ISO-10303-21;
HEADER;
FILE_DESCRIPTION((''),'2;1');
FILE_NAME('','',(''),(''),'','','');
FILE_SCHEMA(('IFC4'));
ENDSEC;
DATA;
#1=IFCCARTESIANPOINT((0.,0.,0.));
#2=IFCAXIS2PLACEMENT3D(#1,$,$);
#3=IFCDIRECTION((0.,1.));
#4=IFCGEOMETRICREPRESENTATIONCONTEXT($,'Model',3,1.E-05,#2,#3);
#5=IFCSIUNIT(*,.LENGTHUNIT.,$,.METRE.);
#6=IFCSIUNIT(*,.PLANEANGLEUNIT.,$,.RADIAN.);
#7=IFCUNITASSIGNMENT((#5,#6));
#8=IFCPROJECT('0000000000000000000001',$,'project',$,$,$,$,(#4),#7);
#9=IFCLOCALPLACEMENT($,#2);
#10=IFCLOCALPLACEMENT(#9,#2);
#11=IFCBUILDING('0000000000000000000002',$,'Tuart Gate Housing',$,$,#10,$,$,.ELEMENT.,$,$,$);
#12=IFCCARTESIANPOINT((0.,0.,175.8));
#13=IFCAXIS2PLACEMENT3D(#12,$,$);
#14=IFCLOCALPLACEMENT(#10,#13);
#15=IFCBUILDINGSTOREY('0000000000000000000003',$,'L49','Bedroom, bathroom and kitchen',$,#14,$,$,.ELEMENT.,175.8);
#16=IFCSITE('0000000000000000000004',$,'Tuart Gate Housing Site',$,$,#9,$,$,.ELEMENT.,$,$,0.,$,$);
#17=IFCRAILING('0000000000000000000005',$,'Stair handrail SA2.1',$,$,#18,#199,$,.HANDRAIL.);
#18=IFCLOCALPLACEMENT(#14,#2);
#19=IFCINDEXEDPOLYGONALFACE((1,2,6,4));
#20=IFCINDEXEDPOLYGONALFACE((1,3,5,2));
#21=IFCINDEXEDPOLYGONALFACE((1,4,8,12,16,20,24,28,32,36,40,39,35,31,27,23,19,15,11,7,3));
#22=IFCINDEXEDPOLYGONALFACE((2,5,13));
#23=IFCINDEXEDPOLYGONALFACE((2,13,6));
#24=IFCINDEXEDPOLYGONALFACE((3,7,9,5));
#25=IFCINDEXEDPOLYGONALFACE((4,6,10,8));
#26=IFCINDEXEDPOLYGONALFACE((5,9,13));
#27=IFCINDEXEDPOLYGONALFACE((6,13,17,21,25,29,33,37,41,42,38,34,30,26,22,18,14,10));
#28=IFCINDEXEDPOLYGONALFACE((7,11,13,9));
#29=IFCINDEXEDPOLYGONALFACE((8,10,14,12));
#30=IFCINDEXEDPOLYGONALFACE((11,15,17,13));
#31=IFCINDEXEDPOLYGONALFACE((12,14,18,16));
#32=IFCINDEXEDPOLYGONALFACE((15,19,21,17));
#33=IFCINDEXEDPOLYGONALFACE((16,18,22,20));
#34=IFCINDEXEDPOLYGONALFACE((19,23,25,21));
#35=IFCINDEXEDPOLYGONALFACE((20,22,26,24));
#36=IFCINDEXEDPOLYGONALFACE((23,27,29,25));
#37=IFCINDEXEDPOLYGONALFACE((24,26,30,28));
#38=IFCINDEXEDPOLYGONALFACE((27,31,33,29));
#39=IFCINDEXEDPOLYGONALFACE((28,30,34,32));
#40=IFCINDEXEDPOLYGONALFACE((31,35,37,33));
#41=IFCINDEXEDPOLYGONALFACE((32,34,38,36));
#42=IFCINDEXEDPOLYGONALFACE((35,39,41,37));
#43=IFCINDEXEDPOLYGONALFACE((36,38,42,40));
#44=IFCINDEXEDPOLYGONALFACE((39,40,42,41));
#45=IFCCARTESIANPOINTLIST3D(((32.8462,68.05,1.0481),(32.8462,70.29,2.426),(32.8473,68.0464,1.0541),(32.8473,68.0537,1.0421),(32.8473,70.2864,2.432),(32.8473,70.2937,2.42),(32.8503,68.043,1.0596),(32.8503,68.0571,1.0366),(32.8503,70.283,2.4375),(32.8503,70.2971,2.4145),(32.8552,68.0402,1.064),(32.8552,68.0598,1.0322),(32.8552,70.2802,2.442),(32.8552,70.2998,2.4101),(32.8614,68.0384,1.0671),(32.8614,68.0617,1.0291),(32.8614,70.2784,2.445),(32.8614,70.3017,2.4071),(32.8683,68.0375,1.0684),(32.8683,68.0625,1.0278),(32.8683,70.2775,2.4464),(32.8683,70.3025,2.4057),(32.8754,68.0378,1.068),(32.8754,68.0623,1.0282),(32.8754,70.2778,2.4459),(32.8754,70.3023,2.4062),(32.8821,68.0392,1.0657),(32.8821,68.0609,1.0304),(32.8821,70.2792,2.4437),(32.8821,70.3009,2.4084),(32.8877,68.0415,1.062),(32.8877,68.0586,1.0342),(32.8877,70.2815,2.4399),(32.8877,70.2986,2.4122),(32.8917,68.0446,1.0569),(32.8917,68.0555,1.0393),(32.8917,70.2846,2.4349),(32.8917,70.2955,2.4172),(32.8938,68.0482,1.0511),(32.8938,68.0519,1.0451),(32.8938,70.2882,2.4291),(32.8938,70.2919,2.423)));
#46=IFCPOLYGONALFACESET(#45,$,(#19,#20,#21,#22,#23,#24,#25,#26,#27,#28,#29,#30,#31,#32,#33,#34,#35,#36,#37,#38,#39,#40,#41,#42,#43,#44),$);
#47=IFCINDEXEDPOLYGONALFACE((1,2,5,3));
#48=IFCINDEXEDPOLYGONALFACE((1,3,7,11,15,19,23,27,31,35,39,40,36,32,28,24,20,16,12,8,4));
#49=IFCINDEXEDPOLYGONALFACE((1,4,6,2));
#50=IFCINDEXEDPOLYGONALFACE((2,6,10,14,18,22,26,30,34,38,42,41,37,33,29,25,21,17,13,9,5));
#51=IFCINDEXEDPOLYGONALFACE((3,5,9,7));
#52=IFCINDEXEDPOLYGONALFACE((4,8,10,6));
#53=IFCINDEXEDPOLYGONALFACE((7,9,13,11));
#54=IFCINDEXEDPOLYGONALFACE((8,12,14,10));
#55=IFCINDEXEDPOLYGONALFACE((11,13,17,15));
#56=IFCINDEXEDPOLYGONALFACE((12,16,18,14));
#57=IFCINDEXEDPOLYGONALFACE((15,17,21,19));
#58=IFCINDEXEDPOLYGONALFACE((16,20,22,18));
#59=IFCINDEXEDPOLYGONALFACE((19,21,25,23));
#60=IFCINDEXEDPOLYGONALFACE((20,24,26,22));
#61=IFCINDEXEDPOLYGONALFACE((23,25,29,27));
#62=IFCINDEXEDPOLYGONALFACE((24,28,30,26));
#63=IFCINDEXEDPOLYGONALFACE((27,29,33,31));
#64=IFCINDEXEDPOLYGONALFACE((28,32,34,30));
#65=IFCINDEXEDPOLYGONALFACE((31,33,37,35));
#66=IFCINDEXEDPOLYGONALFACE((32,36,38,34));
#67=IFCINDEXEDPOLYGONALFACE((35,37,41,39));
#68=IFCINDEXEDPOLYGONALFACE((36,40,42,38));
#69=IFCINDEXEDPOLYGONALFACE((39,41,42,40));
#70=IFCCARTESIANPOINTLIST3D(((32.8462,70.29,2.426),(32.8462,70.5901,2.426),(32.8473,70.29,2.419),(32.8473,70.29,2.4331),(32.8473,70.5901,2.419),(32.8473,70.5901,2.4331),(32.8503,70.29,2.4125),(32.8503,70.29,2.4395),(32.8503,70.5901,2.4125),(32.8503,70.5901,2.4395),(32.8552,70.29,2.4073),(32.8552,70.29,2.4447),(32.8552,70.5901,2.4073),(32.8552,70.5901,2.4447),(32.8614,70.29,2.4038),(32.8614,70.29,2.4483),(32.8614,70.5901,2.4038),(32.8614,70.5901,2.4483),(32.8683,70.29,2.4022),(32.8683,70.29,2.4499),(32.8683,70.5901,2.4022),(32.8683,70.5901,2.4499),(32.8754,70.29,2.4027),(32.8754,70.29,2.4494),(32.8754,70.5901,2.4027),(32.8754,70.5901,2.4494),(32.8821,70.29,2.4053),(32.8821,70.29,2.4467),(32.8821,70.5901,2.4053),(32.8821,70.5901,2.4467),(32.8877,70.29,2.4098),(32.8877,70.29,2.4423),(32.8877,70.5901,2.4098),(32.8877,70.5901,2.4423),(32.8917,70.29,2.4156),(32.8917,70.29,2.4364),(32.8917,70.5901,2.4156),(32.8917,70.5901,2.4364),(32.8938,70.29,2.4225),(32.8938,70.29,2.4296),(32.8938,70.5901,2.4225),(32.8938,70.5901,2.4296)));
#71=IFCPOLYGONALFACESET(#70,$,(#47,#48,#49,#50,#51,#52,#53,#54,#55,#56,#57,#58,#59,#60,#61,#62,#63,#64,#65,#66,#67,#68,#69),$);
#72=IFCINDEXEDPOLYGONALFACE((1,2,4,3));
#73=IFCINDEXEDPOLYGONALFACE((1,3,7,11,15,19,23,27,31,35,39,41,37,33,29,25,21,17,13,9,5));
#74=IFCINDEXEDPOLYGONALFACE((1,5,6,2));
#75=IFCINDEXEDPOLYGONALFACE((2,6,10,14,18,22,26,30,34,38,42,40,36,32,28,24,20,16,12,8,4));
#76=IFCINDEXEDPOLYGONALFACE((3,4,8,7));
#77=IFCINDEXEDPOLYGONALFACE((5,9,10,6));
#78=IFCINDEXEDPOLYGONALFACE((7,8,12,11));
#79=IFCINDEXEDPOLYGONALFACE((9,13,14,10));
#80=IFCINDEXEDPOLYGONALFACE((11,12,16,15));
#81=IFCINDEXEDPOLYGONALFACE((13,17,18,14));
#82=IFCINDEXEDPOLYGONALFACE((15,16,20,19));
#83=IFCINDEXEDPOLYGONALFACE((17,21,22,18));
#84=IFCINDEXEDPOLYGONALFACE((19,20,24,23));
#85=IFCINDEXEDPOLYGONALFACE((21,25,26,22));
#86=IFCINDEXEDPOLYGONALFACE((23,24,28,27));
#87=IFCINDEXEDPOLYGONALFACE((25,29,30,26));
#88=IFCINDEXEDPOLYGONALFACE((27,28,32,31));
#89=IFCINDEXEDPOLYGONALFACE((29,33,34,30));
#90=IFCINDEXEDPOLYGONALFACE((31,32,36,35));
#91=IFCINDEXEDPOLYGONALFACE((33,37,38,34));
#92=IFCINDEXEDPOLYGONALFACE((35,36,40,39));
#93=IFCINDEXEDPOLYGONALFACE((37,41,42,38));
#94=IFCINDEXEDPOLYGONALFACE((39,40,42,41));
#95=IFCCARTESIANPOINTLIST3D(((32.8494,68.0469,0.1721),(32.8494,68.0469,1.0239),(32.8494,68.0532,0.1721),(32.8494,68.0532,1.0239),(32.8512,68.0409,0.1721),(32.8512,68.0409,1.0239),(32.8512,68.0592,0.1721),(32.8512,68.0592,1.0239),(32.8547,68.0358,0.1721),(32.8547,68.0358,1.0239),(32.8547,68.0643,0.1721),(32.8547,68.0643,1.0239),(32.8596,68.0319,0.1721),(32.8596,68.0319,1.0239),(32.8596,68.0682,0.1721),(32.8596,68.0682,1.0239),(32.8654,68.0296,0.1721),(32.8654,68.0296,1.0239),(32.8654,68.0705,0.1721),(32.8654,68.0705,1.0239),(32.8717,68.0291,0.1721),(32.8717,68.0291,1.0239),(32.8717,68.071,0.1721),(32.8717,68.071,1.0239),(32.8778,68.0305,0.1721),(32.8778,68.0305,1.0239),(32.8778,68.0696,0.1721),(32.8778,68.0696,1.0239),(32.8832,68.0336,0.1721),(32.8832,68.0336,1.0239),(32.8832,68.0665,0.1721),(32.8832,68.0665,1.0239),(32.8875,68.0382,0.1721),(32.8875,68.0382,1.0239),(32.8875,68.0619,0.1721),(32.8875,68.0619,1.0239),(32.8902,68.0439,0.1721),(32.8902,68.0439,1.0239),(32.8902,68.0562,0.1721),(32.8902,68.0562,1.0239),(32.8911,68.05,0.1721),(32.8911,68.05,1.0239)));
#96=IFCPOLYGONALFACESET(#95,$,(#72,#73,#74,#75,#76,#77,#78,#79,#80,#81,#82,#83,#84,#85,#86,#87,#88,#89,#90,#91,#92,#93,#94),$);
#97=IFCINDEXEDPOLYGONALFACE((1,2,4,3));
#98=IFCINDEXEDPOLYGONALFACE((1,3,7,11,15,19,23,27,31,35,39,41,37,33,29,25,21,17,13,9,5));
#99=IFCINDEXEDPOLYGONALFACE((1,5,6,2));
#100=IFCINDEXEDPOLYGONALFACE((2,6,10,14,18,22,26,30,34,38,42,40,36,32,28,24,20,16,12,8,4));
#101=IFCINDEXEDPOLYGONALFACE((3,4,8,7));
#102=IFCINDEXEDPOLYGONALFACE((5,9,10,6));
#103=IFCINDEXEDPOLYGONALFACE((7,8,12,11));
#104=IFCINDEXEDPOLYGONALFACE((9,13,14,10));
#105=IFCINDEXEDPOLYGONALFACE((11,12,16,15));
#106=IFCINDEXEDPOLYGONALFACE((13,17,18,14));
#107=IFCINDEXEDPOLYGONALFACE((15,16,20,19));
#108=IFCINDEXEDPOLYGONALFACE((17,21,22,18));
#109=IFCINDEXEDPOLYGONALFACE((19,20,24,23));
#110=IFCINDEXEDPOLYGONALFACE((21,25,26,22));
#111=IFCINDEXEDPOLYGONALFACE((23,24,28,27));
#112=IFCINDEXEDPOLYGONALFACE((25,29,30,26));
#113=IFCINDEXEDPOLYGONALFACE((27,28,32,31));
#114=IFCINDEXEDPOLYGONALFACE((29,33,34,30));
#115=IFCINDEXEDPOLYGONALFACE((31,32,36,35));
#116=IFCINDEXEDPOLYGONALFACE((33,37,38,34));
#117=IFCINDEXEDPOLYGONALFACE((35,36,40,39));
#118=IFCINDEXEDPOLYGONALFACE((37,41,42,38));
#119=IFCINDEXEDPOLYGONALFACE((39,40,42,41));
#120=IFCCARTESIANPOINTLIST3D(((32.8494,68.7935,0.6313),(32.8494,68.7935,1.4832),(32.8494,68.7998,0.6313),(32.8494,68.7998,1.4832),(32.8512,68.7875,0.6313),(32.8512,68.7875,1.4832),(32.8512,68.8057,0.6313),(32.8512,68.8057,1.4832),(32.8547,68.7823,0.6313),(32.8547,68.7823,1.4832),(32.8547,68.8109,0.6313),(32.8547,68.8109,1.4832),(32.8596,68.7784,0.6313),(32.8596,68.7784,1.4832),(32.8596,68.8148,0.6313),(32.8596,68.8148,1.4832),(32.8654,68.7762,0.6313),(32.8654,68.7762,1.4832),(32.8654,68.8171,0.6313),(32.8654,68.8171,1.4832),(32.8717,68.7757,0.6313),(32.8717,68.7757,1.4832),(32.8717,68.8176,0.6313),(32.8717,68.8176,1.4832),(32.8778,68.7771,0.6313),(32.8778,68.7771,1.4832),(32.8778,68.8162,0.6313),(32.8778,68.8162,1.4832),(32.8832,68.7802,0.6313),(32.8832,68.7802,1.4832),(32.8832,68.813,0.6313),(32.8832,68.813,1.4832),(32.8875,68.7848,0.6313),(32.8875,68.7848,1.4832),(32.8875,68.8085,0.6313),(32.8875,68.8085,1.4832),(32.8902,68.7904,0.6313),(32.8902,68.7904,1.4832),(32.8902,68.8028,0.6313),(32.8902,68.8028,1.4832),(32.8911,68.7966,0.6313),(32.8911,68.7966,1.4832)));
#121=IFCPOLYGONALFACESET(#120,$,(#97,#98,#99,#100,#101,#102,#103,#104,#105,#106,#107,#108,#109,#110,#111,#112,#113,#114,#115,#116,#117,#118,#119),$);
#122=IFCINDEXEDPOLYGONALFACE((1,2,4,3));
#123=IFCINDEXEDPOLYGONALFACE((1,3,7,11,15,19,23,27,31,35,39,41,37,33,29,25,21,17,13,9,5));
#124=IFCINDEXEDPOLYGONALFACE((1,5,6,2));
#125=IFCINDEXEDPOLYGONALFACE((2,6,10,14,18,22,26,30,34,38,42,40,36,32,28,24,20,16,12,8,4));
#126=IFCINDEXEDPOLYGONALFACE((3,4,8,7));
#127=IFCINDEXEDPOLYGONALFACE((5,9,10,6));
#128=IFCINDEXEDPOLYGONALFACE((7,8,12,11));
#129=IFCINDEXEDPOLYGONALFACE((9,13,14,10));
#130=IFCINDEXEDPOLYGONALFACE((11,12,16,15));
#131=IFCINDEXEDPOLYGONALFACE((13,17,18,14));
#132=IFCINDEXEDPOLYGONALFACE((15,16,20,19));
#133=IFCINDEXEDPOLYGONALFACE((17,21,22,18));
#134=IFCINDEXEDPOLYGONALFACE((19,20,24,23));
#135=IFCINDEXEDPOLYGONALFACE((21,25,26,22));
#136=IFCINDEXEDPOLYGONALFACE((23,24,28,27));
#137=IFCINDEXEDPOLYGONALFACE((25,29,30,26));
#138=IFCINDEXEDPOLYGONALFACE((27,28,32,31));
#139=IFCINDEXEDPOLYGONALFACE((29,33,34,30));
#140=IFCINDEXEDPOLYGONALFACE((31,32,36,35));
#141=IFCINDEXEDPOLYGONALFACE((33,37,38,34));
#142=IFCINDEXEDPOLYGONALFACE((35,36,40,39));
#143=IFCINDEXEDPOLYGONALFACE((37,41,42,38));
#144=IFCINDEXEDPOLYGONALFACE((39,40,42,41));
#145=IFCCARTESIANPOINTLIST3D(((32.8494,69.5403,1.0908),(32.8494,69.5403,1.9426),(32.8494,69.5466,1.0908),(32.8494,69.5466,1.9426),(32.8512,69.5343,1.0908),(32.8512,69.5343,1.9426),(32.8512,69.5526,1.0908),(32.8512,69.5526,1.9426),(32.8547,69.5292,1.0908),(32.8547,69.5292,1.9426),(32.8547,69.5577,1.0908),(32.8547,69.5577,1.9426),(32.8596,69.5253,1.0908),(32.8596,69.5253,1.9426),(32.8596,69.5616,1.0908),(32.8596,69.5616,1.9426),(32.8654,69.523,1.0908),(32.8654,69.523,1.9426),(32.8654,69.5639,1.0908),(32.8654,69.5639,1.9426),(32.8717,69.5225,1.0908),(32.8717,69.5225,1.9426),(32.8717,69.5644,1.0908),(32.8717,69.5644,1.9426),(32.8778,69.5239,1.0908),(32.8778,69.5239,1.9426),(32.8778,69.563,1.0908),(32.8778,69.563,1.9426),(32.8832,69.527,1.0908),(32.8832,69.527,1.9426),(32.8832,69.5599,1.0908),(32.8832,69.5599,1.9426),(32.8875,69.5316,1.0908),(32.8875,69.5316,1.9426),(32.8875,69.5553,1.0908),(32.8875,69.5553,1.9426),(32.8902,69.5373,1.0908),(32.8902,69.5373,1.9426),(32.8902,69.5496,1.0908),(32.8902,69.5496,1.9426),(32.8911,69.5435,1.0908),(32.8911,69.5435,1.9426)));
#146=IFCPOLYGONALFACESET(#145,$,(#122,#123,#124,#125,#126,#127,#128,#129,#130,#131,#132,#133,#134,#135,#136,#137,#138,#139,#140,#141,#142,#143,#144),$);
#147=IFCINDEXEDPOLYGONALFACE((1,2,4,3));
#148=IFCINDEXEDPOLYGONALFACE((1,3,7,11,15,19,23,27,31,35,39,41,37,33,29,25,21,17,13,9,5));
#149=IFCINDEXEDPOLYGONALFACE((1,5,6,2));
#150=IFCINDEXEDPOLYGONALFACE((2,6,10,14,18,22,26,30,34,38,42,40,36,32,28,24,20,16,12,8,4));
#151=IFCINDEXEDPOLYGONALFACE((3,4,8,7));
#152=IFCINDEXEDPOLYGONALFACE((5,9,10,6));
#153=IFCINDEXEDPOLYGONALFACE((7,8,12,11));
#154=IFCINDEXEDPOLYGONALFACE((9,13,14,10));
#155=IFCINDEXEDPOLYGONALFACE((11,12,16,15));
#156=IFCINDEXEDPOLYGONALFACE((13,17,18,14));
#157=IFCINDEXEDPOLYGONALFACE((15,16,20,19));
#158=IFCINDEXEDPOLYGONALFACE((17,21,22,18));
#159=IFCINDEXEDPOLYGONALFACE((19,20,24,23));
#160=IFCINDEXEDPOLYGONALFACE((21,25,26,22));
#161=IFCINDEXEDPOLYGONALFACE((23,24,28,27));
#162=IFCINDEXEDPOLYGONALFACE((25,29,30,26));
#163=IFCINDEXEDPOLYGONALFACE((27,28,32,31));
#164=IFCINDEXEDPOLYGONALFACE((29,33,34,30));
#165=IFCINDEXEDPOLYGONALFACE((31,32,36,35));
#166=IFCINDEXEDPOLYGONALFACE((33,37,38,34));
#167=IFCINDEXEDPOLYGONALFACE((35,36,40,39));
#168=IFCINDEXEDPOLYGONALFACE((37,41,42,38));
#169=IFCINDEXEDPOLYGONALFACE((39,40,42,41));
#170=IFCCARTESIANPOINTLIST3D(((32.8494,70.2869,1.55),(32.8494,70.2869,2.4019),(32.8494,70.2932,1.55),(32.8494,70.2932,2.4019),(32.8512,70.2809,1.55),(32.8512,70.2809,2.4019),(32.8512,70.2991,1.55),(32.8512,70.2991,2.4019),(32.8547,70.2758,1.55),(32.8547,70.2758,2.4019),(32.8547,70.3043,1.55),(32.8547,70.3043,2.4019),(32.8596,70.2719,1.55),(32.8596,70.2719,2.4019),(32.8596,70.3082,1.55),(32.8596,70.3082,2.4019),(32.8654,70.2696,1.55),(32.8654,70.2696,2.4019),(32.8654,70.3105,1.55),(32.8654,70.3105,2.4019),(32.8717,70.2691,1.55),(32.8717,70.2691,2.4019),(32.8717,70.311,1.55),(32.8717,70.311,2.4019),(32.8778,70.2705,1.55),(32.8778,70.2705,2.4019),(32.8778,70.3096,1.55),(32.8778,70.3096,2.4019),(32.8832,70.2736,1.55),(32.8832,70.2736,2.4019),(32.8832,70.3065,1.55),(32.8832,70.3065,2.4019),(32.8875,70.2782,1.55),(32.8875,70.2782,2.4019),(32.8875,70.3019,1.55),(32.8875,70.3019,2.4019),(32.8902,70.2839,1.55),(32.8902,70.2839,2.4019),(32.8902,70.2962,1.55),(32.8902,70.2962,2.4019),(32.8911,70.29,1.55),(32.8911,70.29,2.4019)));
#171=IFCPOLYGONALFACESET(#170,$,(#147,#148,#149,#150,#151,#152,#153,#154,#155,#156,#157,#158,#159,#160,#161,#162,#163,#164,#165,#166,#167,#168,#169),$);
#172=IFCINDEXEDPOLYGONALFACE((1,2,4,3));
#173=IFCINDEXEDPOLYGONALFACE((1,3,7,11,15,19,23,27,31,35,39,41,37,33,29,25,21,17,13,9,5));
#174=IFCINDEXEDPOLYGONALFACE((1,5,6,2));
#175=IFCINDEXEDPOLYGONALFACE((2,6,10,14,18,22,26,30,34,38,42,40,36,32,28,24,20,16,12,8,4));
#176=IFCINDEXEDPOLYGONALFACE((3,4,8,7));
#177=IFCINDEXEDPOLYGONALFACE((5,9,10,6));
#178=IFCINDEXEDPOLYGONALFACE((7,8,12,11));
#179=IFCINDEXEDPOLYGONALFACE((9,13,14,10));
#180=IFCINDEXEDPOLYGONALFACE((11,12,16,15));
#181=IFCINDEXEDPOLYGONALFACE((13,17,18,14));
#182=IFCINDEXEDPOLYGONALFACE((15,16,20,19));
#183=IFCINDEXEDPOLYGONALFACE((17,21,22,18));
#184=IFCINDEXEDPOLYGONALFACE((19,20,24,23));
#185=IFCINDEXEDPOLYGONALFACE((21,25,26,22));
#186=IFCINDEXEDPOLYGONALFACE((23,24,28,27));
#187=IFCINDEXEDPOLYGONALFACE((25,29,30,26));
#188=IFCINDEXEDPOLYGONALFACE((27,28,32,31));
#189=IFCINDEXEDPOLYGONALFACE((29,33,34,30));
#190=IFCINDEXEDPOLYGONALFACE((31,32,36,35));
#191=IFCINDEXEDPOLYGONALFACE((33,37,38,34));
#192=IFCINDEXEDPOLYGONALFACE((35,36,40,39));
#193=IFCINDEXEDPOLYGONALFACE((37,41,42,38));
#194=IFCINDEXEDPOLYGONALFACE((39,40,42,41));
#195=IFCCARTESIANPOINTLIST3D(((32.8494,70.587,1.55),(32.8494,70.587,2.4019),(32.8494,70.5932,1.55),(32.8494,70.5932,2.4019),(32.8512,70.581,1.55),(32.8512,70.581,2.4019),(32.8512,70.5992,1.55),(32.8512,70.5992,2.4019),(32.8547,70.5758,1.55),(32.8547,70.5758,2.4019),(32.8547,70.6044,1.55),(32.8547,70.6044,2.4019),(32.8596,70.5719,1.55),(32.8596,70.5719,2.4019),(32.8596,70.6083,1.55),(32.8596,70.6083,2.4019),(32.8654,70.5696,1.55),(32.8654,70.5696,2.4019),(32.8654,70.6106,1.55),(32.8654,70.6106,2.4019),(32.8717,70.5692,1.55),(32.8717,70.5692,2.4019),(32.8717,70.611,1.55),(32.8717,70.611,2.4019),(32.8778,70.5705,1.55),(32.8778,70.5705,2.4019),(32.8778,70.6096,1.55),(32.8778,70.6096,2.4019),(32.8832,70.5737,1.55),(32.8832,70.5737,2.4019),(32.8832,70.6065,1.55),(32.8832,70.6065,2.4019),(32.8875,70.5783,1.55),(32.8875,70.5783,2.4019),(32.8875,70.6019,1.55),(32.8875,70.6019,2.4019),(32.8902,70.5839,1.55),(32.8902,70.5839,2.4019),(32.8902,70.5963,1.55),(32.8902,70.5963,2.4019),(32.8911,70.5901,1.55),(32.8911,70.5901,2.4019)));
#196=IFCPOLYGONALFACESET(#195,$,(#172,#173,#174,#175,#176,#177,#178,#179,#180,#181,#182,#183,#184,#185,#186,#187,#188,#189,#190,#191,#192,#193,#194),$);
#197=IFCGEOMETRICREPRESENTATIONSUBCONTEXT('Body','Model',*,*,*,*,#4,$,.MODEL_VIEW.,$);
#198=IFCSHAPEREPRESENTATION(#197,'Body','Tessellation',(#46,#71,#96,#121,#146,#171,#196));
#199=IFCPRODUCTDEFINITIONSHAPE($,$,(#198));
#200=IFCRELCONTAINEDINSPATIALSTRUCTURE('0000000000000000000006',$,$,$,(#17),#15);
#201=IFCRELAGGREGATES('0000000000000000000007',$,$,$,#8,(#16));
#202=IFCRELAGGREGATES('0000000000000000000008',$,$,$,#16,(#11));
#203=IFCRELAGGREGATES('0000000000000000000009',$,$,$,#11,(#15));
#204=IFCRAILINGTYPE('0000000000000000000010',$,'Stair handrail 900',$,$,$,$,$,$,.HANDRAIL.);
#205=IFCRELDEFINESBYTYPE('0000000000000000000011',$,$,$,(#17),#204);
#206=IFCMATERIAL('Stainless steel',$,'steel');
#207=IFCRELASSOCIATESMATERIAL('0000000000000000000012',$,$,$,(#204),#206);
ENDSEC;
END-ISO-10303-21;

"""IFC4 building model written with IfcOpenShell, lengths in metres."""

from ifc_helpers import new_model, si_unit, direction, frame, origin, origin_2d, place, context, subcontext, project, spatial, circle, extrude, material, type_object, element, save


model = new_model("IFC4")

# Units and contexts
model_context = context("Model", 3, precision=1e-05, world=origin(), true_north=direction((0.0, 1.0)))
body_context = subcontext(model_context, "Body", "Model", "MODEL_VIEW")
ifc_project = project(units=[si_unit("LENGTHUNIT", "METRE"), si_unit("PLANEANGLEUNIT", "RADIAN")], contexts=[model_context])

# Site, building, storey
site_placement = place(None, origin())
site = spatial("IfcSite", under=ifc_project, at=site_placement, Name="Tuart Gate Housing Site", CompositionType="ELEMENT", RefElevation=0.0)
building_placement = place(site_placement, origin())
building = spatial("IfcBuilding", under=site, at=building_placement, Name="Tuart Gate Housing", CompositionType="ELEMENT")
storey_placement = place(building_placement, frame((0.0, 0.0, 175.8)))
storey = spatial("IfcBuildingStorey", under=building, at=storey_placement, Name="L49", Description="Bedroom, bathroom and kitchen", CompositionType="ELEMENT", Elevation=175.8)

# Railing
ifc_material_1 = material(Name="Stainless steel", Category="steel")
railing_type = type_object("IfcRailingType", Name="Stair handrail 900", PredefinedType="HANDRAIL", material=ifc_material_1)
railing_placement = place(storey_placement, frame((32.8701, 68.05, 0.1721)))
element("IfcRailing", 1, at=railing_placement, inside=storey, type_object=railing_type, Name="Stair handrail SA2.1", PredefinedType="HANDRAIL", context=body_context, shape_type="SweptSolid", body=[
    extrude(circle(Radius=0.0239, at=origin_2d()), frame((0.0, 0.0, 0.876), z_axis=(0.0, 0.851748, 0.523952), x_axis=(-1.0, 0.0, 0.0)), (0.0, 0.0, 1.0), 2.6299),
    extrude(circle(Radius=0.0239, at=origin_2d()), frame((0.0, 2.24, 2.2539), z_axis=(0.0, 1.0, 0.0), x_axis=(-1.0, 0.0, 0.0)), (0.0, 0.0, 1.0), 0.3),
    extrude(circle(Radius=0.021, at=origin_2d()), origin(), (0.0, 0.0, 1.0), 0.8518),
    extrude(circle(Radius=0.021, at=origin_2d()), frame((0.0, 0.7466, 0.4592)), (0.0, 0.0, 1.0), 0.8518),
    extrude(circle(Radius=0.021, at=origin_2d()), frame((0.0, 1.4934, 0.9187)), (0.0, 0.0, 1.0), 0.8518),
    extrude(circle(Radius=0.021, at=origin_2d()), frame((0.0, 2.24, 1.3779)), (0.0, 0.0, 1.0), 0.8518),
    extrude(circle(Radius=0.021, at=origin_2d()), frame((0.0, 2.54, 1.3779)), (0.0, 0.0, 1.0), 0.8518),
])

save(model, "model.ifc")
